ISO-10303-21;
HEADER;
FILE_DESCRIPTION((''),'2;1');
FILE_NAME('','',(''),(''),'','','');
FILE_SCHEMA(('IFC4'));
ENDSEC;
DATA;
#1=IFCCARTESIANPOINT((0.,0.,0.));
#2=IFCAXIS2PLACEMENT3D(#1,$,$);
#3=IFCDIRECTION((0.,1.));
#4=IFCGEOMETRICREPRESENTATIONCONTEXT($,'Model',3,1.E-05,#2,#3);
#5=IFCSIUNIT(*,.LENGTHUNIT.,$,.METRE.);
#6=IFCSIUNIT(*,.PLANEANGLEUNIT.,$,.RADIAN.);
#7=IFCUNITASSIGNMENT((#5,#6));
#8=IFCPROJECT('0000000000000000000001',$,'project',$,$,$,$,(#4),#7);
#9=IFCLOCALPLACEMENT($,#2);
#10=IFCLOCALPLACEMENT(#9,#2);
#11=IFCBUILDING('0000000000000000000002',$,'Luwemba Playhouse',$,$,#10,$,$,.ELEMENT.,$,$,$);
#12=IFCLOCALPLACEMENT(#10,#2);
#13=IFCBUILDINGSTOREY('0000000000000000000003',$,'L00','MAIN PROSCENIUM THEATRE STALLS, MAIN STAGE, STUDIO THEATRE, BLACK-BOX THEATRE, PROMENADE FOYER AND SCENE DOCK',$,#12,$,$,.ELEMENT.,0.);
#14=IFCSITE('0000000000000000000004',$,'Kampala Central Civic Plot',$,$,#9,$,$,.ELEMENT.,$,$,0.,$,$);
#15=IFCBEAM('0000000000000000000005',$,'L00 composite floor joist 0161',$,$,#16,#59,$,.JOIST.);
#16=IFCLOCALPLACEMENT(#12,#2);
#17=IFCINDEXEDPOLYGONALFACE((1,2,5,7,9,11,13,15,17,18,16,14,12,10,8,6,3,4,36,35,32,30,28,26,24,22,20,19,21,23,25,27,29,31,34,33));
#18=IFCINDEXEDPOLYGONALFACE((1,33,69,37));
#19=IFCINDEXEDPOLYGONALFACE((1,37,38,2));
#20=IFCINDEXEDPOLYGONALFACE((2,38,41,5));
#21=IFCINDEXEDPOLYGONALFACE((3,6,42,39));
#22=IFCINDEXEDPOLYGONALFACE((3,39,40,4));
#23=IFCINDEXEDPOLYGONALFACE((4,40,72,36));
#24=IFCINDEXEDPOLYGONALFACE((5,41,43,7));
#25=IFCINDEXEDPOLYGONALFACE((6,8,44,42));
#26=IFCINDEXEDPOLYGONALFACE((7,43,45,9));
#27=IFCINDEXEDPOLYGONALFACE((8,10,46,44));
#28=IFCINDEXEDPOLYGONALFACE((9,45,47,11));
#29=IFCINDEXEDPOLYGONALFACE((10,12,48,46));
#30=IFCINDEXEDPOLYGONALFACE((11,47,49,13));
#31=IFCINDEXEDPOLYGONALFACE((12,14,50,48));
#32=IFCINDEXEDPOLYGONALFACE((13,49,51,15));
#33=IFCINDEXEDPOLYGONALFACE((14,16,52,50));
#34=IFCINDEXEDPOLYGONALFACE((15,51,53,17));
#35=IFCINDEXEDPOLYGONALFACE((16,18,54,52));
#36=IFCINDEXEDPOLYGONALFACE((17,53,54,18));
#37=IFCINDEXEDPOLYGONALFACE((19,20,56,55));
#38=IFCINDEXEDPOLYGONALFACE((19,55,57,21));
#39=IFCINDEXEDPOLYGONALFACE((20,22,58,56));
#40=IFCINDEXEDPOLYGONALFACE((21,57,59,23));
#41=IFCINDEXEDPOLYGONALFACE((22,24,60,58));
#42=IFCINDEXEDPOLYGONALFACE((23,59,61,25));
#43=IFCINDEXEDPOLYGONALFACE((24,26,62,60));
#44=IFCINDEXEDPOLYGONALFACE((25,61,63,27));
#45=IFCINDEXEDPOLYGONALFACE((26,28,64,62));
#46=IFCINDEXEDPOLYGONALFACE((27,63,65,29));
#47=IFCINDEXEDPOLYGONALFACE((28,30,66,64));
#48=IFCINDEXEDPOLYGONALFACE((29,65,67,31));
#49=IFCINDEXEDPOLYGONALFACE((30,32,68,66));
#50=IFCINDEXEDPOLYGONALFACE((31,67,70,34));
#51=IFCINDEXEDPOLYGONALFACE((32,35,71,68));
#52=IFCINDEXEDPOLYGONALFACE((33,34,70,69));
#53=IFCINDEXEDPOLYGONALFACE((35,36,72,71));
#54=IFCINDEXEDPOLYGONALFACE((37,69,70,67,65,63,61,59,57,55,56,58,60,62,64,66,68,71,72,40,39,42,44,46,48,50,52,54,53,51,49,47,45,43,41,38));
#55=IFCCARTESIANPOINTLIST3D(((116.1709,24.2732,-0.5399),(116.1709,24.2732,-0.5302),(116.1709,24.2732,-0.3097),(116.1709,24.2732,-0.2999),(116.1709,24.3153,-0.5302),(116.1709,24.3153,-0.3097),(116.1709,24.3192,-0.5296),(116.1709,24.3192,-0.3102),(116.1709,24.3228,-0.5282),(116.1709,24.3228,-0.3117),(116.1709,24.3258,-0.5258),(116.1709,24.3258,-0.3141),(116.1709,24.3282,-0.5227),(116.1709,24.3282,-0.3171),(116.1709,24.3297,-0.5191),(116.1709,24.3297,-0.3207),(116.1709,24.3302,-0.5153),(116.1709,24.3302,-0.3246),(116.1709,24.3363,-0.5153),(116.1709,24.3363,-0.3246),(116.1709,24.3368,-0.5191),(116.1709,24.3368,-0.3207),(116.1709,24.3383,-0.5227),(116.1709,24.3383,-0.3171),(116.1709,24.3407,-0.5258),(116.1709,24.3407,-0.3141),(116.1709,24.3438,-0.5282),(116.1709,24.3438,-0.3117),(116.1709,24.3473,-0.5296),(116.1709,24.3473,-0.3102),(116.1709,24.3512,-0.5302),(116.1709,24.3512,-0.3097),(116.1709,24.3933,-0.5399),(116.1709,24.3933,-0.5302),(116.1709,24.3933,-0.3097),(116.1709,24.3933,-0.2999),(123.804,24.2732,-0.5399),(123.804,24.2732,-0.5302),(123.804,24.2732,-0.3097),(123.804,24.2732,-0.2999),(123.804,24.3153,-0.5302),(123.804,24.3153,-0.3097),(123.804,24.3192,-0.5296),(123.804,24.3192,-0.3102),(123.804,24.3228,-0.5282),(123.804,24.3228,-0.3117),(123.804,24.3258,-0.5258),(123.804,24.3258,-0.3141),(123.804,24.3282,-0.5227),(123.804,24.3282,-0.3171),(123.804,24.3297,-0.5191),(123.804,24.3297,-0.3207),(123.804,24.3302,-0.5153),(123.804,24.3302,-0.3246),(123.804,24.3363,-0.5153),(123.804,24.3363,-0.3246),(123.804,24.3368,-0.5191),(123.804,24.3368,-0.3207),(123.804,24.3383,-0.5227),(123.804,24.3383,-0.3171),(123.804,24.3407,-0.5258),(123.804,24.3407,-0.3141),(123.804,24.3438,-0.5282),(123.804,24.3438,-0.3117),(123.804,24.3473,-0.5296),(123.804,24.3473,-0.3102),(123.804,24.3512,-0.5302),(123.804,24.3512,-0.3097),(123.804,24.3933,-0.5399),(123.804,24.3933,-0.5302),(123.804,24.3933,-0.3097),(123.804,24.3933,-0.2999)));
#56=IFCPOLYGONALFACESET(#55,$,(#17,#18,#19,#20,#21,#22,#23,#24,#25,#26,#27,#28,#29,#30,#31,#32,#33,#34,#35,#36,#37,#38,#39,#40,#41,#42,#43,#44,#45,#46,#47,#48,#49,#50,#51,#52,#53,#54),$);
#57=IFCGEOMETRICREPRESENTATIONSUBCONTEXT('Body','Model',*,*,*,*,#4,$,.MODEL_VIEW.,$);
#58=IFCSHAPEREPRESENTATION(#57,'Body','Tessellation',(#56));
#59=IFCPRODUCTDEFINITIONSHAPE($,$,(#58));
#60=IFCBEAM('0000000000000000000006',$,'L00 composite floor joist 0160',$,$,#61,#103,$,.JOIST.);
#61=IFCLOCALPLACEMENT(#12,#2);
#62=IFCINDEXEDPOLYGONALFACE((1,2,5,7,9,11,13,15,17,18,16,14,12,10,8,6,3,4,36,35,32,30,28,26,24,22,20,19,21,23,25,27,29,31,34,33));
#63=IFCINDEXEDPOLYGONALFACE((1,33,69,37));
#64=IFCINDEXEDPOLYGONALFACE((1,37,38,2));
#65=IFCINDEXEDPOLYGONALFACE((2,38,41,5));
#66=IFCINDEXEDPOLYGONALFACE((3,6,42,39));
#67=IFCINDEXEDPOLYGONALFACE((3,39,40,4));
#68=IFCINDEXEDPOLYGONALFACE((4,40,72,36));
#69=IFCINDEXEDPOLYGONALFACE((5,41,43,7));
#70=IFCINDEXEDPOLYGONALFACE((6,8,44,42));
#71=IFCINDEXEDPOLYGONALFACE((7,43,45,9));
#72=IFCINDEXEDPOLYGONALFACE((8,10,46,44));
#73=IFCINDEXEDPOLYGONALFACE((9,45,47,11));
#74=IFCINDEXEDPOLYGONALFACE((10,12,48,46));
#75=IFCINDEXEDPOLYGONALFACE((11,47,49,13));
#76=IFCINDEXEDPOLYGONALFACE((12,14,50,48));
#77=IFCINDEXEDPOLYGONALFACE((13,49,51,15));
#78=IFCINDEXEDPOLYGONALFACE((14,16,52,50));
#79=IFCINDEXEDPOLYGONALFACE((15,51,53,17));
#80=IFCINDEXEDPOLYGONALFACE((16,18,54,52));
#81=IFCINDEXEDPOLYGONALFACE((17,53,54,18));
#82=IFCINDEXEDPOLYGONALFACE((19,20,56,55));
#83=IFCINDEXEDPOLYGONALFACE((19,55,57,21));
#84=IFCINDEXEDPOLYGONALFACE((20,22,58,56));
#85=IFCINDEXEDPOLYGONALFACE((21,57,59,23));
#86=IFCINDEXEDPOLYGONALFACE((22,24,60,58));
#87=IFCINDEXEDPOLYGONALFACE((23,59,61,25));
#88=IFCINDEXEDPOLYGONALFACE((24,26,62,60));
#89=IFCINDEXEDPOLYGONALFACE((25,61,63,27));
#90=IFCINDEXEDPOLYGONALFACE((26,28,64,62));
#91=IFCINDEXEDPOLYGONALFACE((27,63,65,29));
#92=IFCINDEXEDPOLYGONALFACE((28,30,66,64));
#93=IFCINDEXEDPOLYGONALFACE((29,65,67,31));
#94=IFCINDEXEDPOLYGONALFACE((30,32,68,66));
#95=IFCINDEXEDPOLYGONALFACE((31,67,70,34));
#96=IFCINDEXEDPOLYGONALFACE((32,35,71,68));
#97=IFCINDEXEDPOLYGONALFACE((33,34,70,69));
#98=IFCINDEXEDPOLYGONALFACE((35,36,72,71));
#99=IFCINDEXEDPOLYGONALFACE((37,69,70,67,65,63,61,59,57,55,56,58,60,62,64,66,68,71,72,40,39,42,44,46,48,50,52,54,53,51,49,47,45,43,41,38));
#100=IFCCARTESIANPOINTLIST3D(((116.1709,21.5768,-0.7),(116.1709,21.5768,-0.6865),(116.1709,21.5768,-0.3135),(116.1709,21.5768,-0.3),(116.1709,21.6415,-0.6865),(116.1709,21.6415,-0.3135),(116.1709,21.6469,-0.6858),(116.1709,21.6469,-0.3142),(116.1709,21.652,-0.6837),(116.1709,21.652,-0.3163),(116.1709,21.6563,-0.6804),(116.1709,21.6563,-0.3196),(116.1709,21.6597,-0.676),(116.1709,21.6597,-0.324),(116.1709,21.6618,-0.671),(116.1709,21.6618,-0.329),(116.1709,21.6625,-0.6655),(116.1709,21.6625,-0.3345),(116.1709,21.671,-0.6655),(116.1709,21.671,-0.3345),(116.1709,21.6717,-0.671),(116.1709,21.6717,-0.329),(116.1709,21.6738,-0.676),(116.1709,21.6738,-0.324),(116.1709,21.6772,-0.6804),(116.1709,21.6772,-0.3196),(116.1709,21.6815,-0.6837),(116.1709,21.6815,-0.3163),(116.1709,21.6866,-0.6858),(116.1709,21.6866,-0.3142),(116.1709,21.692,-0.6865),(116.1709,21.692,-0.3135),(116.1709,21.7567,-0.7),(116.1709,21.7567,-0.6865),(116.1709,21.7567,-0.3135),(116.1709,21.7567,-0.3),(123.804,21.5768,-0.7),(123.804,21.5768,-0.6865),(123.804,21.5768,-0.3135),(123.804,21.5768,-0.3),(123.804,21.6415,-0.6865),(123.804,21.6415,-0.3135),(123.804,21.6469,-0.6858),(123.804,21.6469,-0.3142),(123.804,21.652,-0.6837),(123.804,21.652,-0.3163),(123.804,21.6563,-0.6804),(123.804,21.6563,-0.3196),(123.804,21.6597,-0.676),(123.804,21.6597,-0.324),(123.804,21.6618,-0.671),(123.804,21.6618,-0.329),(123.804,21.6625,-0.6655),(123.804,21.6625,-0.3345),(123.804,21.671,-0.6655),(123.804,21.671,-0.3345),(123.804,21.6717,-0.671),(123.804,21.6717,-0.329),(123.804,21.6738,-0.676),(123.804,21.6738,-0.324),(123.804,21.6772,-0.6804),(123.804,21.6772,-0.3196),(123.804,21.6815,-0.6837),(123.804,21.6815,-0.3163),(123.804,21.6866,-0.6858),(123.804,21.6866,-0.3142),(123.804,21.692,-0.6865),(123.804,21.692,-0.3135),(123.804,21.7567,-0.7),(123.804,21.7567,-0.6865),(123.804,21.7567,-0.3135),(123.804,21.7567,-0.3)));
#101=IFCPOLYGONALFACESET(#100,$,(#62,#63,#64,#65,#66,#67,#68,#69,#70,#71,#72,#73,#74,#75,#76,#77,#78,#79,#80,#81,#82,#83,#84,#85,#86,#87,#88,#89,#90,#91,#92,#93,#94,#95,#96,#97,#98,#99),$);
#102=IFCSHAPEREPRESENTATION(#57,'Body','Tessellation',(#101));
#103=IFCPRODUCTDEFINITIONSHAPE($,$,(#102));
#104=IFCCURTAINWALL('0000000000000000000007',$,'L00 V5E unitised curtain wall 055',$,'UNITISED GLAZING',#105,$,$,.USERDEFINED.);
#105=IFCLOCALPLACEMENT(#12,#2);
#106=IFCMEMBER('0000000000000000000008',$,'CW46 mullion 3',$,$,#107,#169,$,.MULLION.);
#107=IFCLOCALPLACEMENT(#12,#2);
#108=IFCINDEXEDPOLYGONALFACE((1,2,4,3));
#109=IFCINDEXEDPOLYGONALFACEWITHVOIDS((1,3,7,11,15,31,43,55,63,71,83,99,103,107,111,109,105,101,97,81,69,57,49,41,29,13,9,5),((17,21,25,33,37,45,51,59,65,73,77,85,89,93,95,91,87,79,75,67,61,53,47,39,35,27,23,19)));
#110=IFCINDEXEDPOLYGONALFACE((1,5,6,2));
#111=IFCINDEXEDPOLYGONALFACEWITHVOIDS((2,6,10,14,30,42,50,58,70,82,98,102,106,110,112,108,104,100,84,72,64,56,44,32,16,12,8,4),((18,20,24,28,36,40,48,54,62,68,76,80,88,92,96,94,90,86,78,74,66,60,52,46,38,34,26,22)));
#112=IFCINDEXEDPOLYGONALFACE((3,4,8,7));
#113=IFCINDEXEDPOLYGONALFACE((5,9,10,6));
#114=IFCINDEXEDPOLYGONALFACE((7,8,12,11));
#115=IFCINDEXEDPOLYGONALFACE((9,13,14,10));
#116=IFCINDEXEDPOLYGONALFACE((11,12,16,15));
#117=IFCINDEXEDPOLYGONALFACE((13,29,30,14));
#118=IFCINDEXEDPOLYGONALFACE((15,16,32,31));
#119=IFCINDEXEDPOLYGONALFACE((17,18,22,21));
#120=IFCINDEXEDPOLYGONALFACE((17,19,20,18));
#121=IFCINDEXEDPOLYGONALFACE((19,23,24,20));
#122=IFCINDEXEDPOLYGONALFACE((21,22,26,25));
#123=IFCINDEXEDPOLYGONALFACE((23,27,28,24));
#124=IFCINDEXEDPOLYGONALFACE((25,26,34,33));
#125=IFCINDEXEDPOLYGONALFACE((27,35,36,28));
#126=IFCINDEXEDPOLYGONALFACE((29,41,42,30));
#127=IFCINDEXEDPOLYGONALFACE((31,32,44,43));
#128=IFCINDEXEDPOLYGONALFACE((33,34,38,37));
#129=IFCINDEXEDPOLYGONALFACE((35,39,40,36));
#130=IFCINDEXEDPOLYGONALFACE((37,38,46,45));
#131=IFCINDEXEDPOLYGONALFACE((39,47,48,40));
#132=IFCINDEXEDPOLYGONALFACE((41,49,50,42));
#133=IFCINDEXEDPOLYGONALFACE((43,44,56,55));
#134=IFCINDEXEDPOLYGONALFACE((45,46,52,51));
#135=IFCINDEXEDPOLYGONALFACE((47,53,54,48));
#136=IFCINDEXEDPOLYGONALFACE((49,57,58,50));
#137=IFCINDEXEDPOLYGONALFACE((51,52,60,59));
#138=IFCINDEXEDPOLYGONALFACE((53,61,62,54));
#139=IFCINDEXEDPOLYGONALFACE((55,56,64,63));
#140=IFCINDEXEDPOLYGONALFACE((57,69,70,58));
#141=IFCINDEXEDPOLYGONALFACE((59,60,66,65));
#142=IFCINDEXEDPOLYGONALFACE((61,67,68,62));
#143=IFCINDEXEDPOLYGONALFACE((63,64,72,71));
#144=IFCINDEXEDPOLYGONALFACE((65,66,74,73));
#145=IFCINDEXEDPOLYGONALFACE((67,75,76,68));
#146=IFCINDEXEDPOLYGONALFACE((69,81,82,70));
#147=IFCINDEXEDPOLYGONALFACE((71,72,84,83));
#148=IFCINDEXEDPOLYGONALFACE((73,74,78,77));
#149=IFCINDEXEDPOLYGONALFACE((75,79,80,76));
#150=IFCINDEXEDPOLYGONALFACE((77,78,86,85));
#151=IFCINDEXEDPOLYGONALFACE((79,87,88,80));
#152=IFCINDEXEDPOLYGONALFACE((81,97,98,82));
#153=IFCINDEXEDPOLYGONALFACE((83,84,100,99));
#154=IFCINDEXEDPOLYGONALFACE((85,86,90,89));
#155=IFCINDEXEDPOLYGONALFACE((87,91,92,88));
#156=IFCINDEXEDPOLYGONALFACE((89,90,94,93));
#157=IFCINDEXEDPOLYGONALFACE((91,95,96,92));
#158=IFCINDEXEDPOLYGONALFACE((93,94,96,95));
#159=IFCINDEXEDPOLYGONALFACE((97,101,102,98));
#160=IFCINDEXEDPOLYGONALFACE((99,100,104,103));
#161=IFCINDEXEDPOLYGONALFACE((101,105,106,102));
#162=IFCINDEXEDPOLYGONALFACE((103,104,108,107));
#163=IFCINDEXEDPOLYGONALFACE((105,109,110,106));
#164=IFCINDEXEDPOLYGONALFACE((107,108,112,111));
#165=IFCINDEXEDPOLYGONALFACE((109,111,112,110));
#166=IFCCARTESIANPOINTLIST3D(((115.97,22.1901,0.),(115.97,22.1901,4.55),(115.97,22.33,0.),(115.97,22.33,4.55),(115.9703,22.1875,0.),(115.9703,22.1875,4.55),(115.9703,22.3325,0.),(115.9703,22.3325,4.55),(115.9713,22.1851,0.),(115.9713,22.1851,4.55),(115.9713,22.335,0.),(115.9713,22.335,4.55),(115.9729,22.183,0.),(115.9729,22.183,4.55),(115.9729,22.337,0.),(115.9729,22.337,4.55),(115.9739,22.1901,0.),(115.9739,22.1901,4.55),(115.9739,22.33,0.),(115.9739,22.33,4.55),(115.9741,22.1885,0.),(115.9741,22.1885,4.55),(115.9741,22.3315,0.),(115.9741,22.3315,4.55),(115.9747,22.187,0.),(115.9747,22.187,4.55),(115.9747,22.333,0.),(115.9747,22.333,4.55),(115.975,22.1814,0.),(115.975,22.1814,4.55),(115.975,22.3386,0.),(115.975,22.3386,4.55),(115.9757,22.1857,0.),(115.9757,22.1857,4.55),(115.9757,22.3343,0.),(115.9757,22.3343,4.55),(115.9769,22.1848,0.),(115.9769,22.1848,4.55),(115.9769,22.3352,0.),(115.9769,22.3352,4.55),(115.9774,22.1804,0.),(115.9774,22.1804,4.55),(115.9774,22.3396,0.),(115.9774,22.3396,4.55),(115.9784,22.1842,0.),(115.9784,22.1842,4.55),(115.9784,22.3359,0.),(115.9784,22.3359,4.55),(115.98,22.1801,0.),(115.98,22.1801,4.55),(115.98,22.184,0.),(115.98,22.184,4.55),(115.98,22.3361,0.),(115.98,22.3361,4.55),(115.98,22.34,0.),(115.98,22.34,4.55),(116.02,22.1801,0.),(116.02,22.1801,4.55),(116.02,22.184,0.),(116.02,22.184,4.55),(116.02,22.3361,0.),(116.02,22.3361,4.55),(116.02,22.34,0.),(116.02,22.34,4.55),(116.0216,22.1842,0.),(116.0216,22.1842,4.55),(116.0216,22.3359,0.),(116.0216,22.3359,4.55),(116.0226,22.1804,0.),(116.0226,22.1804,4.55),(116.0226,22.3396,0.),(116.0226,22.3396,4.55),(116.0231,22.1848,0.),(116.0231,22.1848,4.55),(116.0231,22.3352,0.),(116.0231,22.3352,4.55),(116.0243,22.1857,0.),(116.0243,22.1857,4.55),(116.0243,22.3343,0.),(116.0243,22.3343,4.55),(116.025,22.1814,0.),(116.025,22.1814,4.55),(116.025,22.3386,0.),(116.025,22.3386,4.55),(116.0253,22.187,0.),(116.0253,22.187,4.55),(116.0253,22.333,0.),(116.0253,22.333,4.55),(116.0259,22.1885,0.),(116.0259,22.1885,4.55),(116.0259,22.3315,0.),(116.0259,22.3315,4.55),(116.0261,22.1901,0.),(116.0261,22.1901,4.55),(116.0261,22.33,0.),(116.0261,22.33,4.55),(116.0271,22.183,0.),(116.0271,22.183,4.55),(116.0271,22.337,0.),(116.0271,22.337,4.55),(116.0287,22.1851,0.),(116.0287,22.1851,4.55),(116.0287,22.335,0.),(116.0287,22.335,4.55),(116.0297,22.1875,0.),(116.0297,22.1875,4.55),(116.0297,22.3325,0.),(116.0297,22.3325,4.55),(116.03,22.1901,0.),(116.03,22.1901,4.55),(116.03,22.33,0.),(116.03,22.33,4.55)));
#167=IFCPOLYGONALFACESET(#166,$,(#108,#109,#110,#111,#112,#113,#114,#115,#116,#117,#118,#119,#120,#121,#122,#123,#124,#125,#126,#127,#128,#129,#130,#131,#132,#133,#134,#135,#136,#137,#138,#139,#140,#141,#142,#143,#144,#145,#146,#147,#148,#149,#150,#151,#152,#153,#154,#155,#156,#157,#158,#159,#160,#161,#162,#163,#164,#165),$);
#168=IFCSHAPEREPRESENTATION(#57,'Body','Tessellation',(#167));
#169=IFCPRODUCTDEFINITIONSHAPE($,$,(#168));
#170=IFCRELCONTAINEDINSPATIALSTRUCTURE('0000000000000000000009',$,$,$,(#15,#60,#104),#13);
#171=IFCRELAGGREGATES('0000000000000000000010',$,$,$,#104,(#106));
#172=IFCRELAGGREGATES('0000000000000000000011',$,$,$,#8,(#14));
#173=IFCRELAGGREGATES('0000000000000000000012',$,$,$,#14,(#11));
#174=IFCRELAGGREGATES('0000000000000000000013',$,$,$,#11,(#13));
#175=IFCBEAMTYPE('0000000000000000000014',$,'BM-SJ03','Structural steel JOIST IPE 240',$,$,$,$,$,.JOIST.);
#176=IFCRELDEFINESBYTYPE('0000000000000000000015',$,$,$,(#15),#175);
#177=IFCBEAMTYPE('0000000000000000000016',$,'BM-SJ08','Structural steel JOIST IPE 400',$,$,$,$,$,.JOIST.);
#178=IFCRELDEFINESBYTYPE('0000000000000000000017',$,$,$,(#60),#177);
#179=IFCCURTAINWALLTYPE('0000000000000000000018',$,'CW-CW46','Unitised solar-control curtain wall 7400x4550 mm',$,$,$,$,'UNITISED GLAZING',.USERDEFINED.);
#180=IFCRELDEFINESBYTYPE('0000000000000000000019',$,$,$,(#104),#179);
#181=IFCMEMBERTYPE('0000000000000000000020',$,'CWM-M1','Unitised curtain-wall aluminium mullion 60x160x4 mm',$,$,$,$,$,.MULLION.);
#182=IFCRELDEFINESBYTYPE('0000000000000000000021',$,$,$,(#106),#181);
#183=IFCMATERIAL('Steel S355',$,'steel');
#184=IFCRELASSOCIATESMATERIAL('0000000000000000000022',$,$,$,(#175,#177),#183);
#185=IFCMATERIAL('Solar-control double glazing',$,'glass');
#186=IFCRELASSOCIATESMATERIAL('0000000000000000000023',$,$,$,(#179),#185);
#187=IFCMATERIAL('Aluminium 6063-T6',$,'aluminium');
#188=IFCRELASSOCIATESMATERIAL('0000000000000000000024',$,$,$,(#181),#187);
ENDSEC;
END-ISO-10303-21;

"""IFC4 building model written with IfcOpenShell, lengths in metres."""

from ifc_helpers import new_model, si_unit, direction, frame, origin, origin_2d, place, context, subcontext, project, spatial, hollow_rectangle, i_section, extrude, material, material_profile, profile_set, type_object, element, aggregate, save


model = new_model("IFC4")

# Units and contexts
model_context = context("Model", 3, precision=1e-05, world=origin(), true_north=direction((0.0, 1.0)))
body_context = subcontext(model_context, "Body", "Model", "MODEL_VIEW")
ifc_project = project(units=[si_unit("LENGTHUNIT", "METRE"), si_unit("PLANEANGLEUNIT", "RADIAN")], contexts=[model_context])

# Site, building, storey
site_placement = place(None, origin())
site = spatial("IfcSite", under=ifc_project, at=site_placement, Name="Kampala Central Civic Plot", CompositionType="ELEMENT", RefElevation=0.0)
building_placement = place(site_placement, origin())
building = spatial("IfcBuilding", under=site, at=building_placement, Name="Luwemba Playhouse", CompositionType="ELEMENT")
storey_placement = place(building_placement, origin())
storey = spatial("IfcBuildingStorey", under=building, at=storey_placement, Name="L00", Description="MAIN PROSCENIUM THEATRE STALLS, MAIN STAGE, STUDIO THEATRE, BLACK-BOX THEATRE, PROMENADE FOYER AND SCENE DOCK", CompositionType="ELEMENT", Elevation=0.0)

# Beams
ifc_material_1 = material(Name="Steel S355", Category="steel")
ifc_material_profile_1 = material_profile(ifc_material_1, i_section(OverallWidth=0.1201, OverallDepth=0.24, WebThickness=0.0061, FlangeThickness=0.0098, FilletRadius=0.0149, at=origin_2d()))
ifc_profile_set_1 = profile_set([ifc_material_profile_1], Name="Steel S355")
beam_type_1 = type_object("IfcBeamType", Name="BM-SJ03", Description="Structural steel JOIST IPE 240", PredefinedType="JOIST", material=ifc_profile_set_1)
beam_1_placement = place(storey_placement, frame((116.1709, 24.3333, -0.4199), z_axis=(1.0, 0.0, 0.0), x_axis=(0.0, 1.0, 0.0)))
element("IfcBeam", 1, at=beam_1_placement, inside=storey, type_object=beam_type_1, Name="L00 composite floor joist 0161", PredefinedType="JOIST", context=body_context, shape_type="SweptSolid", body=[
    extrude(i_section(OverallWidth=0.1201, OverallDepth=0.24, WebThickness=0.0061, FlangeThickness=0.0098, FilletRadius=0.0149, at=origin_2d()), origin(), (0.0, 0.0, 1.0), 7.6331),
])
ifc_material_profile_2 = material_profile(ifc_material_1, i_section(OverallWidth=0.1799, OverallDepth=0.3999, WebThickness=0.0085, FlangeThickness=0.0134, FilletRadius=0.021, at=origin_2d()))
ifc_profile_set_2 = profile_set([ifc_material_profile_2], Name="Steel S355")
beam_type_2 = type_object("IfcBeamType", Name="BM-SJ08", Description="Structural steel JOIST IPE 400", PredefinedType="JOIST", material=ifc_profile_set_2)
beam_2_placement = place(storey_placement, frame((116.1709, 21.6667, -0.5), z_axis=(1.0, 0.0, 0.0), x_axis=(0.0, 1.0, 0.0)))
element("IfcBeam", 2, at=beam_2_placement, inside=storey, type_object=beam_type_2, Name="L00 composite floor joist 0160", PredefinedType="JOIST", context=body_context, shape_type="SweptSolid", body=[
    extrude(i_section(OverallWidth=0.1799, OverallDepth=0.3999, WebThickness=0.0085, FlangeThickness=0.0134, FilletRadius=0.021, at=origin_2d()), origin(), (0.0, 0.0, 1.0), 7.6331),
])

# Curtain wall, member
ifc_material_2 = material(Name="Solar-control double glazing", Category="glass")
curtain_wall_type = type_object("IfcCurtainWallType", Name="CW-CW46", Description="Unitised solar-control curtain wall 7400x4550 mm", ElementType="UNITISED GLAZING", PredefinedType="USERDEFINED", material=ifc_material_2)
curtain_wall_placement = place(storey_placement, origin())
curtain_wall = element("IfcCurtainWall", 3, at=curtain_wall_placement, inside=storey, type_object=curtain_wall_type, Name="L00 V5E unitised curtain wall 055", ObjectType="UNITISED GLAZING", PredefinedType="USERDEFINED")
ifc_material_3 = material(Name="Aluminium 6063-T6", Category="aluminium")
ifc_material_profile_3 = material_profile(ifc_material_3, hollow_rectangle(XDim=0.0601, YDim=0.1599, WallThickness=0.0039, InnerFilletRadius=0.0061, OuterFilletRadius=0.01, at=origin_2d()))
ifc_profile_set_3 = profile_set([ifc_material_profile_3], Name="Aluminium 6063-T6")
member_type_1 = type_object("IfcMemberType", Name="CWM-M1", Description="Unitised curtain-wall aluminium mullion 60x160x4 mm", PredefinedType="MULLION", material=ifc_profile_set_3)
member_1_placement = place(storey_placement, frame((116.0, 22.26, 0.0), z_axis=(0.0, 0.0, 1.0), x_axis=(-1.0, 0.0, 0.0)))
member_1 = element("IfcMember", 4, at=member_1_placement, type_object=member_type_1, Name="CW46 mullion 3", PredefinedType="MULLION", context=body_context, shape_type="SweptSolid", body=[
    extrude(hollow_rectangle(XDim=0.0601, YDim=0.1599, WallThickness=0.0039, InnerFilletRadius=0.0061, OuterFilletRadius=0.01, at=origin_2d()), origin(), (0.0, 0.0, 1.0), 4.55),
])
aggregate(curtain_wall, [member_1])

save(model, "model.ifc")
